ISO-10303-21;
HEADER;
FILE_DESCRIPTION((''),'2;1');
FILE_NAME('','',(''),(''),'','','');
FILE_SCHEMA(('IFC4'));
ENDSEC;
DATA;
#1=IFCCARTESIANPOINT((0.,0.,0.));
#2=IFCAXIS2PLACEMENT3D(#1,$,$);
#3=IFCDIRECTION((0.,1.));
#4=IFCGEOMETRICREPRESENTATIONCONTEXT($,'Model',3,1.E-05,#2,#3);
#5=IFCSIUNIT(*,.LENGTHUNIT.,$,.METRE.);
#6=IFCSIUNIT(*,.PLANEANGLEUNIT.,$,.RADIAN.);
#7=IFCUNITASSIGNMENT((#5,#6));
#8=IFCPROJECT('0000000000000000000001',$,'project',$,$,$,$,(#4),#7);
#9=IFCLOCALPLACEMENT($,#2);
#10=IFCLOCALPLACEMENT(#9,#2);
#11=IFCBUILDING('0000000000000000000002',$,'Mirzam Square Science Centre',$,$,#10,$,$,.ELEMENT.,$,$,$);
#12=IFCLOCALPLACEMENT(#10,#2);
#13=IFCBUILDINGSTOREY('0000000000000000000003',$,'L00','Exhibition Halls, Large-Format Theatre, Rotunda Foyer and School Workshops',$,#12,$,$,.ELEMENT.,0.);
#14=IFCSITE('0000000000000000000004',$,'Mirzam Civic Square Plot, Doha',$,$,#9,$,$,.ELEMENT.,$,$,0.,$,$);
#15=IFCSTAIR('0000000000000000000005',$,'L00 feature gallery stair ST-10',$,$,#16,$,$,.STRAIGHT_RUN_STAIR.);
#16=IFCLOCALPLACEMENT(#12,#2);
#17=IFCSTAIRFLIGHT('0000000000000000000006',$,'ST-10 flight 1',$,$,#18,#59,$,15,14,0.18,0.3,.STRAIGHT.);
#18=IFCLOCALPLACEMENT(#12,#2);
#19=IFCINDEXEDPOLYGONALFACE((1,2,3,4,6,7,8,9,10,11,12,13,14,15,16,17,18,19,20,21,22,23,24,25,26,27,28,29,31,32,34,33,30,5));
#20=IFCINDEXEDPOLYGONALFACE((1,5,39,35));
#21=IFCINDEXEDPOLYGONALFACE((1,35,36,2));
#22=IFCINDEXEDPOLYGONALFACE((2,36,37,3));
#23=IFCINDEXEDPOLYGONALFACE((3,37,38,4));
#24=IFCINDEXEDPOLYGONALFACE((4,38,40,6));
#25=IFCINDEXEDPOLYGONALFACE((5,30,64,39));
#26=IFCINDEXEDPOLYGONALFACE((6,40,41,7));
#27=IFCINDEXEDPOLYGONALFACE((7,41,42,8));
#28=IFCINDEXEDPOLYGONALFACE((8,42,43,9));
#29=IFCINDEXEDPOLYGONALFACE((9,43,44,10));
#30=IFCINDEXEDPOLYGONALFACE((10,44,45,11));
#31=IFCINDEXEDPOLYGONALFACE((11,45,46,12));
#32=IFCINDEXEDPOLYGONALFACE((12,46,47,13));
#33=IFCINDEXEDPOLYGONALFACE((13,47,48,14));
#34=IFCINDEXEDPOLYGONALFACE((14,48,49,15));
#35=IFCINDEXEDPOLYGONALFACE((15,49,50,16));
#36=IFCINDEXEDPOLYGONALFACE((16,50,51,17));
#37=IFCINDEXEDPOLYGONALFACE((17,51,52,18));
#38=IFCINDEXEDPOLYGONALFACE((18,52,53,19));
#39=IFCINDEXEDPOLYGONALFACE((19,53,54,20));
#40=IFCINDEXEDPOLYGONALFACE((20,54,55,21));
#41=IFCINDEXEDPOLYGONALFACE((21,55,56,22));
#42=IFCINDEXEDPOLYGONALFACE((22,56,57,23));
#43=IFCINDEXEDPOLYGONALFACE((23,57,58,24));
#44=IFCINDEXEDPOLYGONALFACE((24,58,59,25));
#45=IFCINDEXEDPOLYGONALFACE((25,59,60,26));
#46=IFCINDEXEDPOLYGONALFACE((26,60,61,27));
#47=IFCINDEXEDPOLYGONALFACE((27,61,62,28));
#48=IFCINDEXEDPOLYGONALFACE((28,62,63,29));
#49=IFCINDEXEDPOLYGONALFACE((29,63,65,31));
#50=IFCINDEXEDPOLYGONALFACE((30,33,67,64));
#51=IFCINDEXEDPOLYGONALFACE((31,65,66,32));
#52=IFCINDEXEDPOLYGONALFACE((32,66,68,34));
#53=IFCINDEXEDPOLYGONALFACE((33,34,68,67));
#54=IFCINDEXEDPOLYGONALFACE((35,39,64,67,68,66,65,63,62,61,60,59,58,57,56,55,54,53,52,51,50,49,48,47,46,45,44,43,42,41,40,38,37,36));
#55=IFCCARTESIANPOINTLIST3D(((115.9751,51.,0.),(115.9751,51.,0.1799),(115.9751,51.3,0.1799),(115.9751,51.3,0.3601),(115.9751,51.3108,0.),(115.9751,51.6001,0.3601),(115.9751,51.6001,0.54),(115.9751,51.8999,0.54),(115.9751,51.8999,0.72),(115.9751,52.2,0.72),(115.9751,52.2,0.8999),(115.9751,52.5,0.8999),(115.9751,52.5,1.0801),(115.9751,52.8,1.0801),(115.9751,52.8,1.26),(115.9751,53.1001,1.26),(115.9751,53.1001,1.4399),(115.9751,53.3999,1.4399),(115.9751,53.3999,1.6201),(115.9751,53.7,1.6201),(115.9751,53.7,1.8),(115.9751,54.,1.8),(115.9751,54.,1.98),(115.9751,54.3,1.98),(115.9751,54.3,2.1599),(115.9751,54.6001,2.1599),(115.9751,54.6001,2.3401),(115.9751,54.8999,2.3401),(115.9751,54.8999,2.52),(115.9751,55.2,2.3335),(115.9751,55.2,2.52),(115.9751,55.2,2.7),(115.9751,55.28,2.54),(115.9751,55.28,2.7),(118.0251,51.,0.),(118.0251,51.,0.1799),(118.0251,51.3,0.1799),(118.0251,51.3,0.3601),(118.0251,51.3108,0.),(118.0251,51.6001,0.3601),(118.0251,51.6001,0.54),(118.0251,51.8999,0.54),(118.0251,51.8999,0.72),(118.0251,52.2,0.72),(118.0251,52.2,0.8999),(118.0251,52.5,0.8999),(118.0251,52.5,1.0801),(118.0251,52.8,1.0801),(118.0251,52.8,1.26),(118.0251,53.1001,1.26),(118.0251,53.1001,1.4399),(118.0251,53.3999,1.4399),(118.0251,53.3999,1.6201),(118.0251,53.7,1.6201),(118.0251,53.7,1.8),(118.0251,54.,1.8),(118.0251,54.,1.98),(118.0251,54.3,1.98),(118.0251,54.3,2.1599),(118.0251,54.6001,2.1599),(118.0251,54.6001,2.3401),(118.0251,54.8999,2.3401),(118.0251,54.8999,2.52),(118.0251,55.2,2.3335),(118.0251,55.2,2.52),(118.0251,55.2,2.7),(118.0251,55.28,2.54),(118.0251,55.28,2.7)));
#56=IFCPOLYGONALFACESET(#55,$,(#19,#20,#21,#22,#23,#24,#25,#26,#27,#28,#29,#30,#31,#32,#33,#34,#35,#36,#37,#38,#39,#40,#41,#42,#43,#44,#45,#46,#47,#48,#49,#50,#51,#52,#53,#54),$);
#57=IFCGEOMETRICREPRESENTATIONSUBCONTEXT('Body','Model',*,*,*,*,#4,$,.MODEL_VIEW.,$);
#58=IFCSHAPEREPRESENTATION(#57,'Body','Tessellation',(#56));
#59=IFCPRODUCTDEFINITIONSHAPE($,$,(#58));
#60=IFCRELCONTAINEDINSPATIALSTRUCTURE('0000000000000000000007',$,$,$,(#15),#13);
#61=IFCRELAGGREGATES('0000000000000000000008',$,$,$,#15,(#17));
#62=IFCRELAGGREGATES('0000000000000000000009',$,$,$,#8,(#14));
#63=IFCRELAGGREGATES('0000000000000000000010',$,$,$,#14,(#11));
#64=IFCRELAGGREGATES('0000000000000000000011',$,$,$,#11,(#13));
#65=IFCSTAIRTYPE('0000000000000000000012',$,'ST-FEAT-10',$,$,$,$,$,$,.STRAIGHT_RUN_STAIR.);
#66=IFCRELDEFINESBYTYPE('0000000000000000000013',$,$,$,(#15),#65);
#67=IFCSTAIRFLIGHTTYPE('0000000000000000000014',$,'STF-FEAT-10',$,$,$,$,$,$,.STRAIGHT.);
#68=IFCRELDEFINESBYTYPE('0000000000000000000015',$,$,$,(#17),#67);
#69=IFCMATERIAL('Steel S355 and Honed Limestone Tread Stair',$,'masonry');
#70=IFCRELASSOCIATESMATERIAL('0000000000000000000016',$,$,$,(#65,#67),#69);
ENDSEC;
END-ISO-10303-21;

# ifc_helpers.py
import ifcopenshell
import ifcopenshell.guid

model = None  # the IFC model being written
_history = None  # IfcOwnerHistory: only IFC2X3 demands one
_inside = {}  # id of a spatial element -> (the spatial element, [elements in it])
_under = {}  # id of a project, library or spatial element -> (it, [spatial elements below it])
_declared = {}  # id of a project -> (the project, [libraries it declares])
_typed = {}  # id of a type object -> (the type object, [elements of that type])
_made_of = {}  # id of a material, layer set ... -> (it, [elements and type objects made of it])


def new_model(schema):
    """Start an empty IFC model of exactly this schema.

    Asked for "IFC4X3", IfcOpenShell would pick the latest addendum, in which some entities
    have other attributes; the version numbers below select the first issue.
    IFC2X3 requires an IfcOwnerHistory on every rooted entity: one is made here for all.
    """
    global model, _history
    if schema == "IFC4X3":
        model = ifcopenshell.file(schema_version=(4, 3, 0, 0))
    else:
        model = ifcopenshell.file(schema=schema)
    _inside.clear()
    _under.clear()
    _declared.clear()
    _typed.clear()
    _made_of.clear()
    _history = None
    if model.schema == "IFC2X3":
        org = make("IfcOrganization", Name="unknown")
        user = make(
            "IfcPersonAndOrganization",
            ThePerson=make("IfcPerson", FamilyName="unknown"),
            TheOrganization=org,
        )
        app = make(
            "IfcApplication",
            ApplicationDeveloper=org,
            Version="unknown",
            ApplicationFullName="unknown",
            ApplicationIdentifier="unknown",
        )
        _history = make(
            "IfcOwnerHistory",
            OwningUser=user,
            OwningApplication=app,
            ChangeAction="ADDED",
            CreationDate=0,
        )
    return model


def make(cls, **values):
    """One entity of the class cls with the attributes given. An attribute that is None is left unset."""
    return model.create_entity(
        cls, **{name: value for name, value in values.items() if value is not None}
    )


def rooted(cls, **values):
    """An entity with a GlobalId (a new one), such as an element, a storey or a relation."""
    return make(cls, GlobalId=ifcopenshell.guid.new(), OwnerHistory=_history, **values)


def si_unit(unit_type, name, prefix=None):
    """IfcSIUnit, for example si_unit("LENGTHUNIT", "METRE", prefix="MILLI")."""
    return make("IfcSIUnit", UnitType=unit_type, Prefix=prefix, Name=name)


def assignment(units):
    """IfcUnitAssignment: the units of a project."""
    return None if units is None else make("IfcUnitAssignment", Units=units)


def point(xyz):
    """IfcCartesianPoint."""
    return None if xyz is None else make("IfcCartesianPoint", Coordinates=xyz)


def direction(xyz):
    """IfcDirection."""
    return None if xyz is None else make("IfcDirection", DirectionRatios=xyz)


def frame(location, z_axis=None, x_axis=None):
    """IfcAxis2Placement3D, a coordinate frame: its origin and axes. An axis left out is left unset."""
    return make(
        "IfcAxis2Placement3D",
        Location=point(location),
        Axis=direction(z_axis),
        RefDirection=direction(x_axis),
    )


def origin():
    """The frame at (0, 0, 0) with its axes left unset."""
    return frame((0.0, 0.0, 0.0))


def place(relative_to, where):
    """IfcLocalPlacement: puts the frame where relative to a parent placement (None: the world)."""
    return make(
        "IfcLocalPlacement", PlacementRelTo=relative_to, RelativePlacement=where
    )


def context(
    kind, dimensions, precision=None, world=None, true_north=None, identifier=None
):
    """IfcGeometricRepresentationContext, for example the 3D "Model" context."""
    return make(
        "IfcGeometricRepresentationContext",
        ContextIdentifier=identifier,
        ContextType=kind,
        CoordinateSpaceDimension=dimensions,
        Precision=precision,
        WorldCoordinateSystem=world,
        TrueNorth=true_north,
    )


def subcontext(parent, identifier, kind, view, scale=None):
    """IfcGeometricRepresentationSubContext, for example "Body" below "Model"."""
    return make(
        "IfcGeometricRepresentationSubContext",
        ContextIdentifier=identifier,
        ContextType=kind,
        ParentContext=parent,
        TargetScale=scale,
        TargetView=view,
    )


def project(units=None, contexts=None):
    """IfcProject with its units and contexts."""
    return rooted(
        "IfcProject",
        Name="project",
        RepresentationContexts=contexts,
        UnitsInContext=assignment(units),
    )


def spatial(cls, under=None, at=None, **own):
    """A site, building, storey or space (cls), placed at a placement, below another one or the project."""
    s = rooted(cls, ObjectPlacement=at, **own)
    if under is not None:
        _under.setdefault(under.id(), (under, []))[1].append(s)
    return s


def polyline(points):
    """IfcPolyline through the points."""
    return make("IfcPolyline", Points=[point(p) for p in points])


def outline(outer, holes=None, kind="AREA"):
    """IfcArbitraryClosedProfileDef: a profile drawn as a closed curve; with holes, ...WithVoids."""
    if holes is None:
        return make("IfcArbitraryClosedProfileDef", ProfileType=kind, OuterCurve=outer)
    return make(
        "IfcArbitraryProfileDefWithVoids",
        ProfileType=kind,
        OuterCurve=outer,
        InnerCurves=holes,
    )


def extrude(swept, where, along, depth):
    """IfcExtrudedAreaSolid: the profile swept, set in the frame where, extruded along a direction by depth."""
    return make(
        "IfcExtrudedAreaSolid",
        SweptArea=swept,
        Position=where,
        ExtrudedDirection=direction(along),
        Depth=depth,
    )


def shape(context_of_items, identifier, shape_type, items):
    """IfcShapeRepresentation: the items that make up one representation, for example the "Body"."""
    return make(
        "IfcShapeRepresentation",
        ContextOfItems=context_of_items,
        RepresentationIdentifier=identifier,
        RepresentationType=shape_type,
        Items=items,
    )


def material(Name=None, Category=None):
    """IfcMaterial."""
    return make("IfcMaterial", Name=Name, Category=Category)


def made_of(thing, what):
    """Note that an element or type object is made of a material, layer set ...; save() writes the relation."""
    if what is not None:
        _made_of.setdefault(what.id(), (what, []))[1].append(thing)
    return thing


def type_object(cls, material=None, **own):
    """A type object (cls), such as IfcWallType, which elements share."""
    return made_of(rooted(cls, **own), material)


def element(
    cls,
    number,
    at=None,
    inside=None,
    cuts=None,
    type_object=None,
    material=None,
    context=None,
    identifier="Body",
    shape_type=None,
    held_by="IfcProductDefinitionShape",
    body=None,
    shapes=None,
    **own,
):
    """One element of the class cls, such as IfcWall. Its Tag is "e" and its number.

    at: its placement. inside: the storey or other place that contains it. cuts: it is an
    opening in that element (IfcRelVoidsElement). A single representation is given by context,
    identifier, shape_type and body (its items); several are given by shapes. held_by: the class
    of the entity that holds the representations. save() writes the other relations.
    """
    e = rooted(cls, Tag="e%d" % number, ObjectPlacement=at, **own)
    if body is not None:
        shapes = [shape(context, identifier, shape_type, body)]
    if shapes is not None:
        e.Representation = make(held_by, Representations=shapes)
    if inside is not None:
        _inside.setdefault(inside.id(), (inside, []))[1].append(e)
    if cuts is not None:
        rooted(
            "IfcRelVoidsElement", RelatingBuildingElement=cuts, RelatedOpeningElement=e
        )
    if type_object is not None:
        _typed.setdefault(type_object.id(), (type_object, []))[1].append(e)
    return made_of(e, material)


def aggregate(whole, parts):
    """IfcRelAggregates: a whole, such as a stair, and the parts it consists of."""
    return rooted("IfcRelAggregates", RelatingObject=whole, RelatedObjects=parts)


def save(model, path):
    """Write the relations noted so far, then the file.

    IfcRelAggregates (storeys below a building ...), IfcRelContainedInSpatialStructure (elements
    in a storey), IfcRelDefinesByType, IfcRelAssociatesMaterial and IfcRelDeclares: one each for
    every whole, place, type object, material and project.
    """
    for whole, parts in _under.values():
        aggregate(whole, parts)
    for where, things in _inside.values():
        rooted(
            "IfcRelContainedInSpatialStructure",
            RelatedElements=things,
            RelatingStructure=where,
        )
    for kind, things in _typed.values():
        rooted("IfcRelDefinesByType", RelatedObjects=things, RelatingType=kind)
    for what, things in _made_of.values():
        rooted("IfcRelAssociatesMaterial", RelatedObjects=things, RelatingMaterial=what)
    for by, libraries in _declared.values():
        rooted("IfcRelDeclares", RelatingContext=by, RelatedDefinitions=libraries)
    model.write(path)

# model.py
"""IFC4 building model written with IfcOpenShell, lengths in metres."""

from ifc_helpers import new_model, si_unit, direction, frame, origin, place, context, subcontext, project, spatial, polyline, outline, extrude, material, type_object, element, aggregate, save


model = new_model("IFC4")

# Units and contexts
model_context = context("Model", 3, precision=1e-05, world=origin(), true_north=direction((0.0, 1.0)))
body_context = subcontext(model_context, "Body", "Model", "MODEL_VIEW")
ifc_project = project(units=[si_unit("LENGTHUNIT", "METRE"), si_unit("PLANEANGLEUNIT", "RADIAN")], contexts=[model_context])

# Site, building, storey
site_placement = place(None, origin())
site = spatial("IfcSite", under=ifc_project, at=site_placement, Name="Mirzam Civic Square Plot, Doha", CompositionType="ELEMENT", RefElevation=0.0)
building_placement = place(site_placement, origin())
building = spatial("IfcBuilding", under=site, at=building_placement, Name="Mirzam Square Science Centre", CompositionType="ELEMENT")
storey_placement = place(building_placement, origin())
storey = spatial("IfcBuildingStorey", under=building, at=storey_placement, Name="L00", Description="Exhibition Halls, Large-Format Theatre, Rotunda Foyer and School Workshops", CompositionType="ELEMENT", Elevation=0.0)

# Stair, stair flight
ifc_material_1 = material(Name="Steel S355 and Honed Limestone Tread Stair", Category="masonry")
stair_type = type_object("IfcStairType", Name="ST-FEAT-10", PredefinedType="STRAIGHT_RUN_STAIR", material=ifc_material_1)
stair_placement = place(storey_placement, origin())
stair = element("IfcStair", 1, at=stair_placement, inside=storey, type_object=stair_type, Name="L00 feature gallery stair ST-10", PredefinedType="STRAIGHT_RUN_STAIR")
stair_flight_type = type_object("IfcStairFlightType", Name="STF-FEAT-10", PredefinedType="STRAIGHT", material=ifc_material_1)
stair_flight_placement = place(storey_placement, frame((117.0, 51.0, 0.0), z_axis=(0.0, 0.0, 1.0), x_axis=(0.0, 1.0, 0.0)))
stair_flight = element("IfcStairFlight", 2, at=stair_flight_placement, type_object=stair_flight_type, Name="ST-10 flight 1", NumberOfRisers=15, NumberOfTreads=14, PredefinedType="STRAIGHT", RiserHeight=0.18, TreadLength=0.3, context=body_context, shape_type="SweptSolid", body=[
    extrude(outline(polyline([(0.0, 0.0), (0.0, 0.1799), (0.3, 0.1799), (0.3, 0.3601), (0.6001, 0.3601), (0.6001, 0.54), (0.8999, 0.54), (0.8999, 0.72), (1.2, 0.72), (1.2, 0.8999), (1.5, 0.8999), (1.5, 1.0801), (1.8, 1.0801), (1.8, 1.26), (2.1001, 1.26), (2.1001, 1.4399), (2.3999, 1.4399), (2.3999, 1.6201), (2.7, 1.6201), (2.7, 1.8), (3.0, 1.8), (3.0, 1.98), (3.3, 1.98), (3.3, 2.1599), (3.6001, 2.1599), (3.6001, 2.3401), (3.8999, 2.3401), (3.8999, 2.52), (4.2, 2.52), (4.2, 2.7), (4.28, 2.7), (4.28, 2.54), (4.2, 2.3335), (0.3108, 0.0), (0.0, 0.0)])), frame((0.0, 1.0249, 0.0), z_axis=(0.0, -1.0, 0.0), x_axis=(1.0, 0.0, 0.0)), (0.0, 0.0, 1.0), 2.05),
])
aggregate(stair, [stair_flight])

save(model, "model.ifc")
